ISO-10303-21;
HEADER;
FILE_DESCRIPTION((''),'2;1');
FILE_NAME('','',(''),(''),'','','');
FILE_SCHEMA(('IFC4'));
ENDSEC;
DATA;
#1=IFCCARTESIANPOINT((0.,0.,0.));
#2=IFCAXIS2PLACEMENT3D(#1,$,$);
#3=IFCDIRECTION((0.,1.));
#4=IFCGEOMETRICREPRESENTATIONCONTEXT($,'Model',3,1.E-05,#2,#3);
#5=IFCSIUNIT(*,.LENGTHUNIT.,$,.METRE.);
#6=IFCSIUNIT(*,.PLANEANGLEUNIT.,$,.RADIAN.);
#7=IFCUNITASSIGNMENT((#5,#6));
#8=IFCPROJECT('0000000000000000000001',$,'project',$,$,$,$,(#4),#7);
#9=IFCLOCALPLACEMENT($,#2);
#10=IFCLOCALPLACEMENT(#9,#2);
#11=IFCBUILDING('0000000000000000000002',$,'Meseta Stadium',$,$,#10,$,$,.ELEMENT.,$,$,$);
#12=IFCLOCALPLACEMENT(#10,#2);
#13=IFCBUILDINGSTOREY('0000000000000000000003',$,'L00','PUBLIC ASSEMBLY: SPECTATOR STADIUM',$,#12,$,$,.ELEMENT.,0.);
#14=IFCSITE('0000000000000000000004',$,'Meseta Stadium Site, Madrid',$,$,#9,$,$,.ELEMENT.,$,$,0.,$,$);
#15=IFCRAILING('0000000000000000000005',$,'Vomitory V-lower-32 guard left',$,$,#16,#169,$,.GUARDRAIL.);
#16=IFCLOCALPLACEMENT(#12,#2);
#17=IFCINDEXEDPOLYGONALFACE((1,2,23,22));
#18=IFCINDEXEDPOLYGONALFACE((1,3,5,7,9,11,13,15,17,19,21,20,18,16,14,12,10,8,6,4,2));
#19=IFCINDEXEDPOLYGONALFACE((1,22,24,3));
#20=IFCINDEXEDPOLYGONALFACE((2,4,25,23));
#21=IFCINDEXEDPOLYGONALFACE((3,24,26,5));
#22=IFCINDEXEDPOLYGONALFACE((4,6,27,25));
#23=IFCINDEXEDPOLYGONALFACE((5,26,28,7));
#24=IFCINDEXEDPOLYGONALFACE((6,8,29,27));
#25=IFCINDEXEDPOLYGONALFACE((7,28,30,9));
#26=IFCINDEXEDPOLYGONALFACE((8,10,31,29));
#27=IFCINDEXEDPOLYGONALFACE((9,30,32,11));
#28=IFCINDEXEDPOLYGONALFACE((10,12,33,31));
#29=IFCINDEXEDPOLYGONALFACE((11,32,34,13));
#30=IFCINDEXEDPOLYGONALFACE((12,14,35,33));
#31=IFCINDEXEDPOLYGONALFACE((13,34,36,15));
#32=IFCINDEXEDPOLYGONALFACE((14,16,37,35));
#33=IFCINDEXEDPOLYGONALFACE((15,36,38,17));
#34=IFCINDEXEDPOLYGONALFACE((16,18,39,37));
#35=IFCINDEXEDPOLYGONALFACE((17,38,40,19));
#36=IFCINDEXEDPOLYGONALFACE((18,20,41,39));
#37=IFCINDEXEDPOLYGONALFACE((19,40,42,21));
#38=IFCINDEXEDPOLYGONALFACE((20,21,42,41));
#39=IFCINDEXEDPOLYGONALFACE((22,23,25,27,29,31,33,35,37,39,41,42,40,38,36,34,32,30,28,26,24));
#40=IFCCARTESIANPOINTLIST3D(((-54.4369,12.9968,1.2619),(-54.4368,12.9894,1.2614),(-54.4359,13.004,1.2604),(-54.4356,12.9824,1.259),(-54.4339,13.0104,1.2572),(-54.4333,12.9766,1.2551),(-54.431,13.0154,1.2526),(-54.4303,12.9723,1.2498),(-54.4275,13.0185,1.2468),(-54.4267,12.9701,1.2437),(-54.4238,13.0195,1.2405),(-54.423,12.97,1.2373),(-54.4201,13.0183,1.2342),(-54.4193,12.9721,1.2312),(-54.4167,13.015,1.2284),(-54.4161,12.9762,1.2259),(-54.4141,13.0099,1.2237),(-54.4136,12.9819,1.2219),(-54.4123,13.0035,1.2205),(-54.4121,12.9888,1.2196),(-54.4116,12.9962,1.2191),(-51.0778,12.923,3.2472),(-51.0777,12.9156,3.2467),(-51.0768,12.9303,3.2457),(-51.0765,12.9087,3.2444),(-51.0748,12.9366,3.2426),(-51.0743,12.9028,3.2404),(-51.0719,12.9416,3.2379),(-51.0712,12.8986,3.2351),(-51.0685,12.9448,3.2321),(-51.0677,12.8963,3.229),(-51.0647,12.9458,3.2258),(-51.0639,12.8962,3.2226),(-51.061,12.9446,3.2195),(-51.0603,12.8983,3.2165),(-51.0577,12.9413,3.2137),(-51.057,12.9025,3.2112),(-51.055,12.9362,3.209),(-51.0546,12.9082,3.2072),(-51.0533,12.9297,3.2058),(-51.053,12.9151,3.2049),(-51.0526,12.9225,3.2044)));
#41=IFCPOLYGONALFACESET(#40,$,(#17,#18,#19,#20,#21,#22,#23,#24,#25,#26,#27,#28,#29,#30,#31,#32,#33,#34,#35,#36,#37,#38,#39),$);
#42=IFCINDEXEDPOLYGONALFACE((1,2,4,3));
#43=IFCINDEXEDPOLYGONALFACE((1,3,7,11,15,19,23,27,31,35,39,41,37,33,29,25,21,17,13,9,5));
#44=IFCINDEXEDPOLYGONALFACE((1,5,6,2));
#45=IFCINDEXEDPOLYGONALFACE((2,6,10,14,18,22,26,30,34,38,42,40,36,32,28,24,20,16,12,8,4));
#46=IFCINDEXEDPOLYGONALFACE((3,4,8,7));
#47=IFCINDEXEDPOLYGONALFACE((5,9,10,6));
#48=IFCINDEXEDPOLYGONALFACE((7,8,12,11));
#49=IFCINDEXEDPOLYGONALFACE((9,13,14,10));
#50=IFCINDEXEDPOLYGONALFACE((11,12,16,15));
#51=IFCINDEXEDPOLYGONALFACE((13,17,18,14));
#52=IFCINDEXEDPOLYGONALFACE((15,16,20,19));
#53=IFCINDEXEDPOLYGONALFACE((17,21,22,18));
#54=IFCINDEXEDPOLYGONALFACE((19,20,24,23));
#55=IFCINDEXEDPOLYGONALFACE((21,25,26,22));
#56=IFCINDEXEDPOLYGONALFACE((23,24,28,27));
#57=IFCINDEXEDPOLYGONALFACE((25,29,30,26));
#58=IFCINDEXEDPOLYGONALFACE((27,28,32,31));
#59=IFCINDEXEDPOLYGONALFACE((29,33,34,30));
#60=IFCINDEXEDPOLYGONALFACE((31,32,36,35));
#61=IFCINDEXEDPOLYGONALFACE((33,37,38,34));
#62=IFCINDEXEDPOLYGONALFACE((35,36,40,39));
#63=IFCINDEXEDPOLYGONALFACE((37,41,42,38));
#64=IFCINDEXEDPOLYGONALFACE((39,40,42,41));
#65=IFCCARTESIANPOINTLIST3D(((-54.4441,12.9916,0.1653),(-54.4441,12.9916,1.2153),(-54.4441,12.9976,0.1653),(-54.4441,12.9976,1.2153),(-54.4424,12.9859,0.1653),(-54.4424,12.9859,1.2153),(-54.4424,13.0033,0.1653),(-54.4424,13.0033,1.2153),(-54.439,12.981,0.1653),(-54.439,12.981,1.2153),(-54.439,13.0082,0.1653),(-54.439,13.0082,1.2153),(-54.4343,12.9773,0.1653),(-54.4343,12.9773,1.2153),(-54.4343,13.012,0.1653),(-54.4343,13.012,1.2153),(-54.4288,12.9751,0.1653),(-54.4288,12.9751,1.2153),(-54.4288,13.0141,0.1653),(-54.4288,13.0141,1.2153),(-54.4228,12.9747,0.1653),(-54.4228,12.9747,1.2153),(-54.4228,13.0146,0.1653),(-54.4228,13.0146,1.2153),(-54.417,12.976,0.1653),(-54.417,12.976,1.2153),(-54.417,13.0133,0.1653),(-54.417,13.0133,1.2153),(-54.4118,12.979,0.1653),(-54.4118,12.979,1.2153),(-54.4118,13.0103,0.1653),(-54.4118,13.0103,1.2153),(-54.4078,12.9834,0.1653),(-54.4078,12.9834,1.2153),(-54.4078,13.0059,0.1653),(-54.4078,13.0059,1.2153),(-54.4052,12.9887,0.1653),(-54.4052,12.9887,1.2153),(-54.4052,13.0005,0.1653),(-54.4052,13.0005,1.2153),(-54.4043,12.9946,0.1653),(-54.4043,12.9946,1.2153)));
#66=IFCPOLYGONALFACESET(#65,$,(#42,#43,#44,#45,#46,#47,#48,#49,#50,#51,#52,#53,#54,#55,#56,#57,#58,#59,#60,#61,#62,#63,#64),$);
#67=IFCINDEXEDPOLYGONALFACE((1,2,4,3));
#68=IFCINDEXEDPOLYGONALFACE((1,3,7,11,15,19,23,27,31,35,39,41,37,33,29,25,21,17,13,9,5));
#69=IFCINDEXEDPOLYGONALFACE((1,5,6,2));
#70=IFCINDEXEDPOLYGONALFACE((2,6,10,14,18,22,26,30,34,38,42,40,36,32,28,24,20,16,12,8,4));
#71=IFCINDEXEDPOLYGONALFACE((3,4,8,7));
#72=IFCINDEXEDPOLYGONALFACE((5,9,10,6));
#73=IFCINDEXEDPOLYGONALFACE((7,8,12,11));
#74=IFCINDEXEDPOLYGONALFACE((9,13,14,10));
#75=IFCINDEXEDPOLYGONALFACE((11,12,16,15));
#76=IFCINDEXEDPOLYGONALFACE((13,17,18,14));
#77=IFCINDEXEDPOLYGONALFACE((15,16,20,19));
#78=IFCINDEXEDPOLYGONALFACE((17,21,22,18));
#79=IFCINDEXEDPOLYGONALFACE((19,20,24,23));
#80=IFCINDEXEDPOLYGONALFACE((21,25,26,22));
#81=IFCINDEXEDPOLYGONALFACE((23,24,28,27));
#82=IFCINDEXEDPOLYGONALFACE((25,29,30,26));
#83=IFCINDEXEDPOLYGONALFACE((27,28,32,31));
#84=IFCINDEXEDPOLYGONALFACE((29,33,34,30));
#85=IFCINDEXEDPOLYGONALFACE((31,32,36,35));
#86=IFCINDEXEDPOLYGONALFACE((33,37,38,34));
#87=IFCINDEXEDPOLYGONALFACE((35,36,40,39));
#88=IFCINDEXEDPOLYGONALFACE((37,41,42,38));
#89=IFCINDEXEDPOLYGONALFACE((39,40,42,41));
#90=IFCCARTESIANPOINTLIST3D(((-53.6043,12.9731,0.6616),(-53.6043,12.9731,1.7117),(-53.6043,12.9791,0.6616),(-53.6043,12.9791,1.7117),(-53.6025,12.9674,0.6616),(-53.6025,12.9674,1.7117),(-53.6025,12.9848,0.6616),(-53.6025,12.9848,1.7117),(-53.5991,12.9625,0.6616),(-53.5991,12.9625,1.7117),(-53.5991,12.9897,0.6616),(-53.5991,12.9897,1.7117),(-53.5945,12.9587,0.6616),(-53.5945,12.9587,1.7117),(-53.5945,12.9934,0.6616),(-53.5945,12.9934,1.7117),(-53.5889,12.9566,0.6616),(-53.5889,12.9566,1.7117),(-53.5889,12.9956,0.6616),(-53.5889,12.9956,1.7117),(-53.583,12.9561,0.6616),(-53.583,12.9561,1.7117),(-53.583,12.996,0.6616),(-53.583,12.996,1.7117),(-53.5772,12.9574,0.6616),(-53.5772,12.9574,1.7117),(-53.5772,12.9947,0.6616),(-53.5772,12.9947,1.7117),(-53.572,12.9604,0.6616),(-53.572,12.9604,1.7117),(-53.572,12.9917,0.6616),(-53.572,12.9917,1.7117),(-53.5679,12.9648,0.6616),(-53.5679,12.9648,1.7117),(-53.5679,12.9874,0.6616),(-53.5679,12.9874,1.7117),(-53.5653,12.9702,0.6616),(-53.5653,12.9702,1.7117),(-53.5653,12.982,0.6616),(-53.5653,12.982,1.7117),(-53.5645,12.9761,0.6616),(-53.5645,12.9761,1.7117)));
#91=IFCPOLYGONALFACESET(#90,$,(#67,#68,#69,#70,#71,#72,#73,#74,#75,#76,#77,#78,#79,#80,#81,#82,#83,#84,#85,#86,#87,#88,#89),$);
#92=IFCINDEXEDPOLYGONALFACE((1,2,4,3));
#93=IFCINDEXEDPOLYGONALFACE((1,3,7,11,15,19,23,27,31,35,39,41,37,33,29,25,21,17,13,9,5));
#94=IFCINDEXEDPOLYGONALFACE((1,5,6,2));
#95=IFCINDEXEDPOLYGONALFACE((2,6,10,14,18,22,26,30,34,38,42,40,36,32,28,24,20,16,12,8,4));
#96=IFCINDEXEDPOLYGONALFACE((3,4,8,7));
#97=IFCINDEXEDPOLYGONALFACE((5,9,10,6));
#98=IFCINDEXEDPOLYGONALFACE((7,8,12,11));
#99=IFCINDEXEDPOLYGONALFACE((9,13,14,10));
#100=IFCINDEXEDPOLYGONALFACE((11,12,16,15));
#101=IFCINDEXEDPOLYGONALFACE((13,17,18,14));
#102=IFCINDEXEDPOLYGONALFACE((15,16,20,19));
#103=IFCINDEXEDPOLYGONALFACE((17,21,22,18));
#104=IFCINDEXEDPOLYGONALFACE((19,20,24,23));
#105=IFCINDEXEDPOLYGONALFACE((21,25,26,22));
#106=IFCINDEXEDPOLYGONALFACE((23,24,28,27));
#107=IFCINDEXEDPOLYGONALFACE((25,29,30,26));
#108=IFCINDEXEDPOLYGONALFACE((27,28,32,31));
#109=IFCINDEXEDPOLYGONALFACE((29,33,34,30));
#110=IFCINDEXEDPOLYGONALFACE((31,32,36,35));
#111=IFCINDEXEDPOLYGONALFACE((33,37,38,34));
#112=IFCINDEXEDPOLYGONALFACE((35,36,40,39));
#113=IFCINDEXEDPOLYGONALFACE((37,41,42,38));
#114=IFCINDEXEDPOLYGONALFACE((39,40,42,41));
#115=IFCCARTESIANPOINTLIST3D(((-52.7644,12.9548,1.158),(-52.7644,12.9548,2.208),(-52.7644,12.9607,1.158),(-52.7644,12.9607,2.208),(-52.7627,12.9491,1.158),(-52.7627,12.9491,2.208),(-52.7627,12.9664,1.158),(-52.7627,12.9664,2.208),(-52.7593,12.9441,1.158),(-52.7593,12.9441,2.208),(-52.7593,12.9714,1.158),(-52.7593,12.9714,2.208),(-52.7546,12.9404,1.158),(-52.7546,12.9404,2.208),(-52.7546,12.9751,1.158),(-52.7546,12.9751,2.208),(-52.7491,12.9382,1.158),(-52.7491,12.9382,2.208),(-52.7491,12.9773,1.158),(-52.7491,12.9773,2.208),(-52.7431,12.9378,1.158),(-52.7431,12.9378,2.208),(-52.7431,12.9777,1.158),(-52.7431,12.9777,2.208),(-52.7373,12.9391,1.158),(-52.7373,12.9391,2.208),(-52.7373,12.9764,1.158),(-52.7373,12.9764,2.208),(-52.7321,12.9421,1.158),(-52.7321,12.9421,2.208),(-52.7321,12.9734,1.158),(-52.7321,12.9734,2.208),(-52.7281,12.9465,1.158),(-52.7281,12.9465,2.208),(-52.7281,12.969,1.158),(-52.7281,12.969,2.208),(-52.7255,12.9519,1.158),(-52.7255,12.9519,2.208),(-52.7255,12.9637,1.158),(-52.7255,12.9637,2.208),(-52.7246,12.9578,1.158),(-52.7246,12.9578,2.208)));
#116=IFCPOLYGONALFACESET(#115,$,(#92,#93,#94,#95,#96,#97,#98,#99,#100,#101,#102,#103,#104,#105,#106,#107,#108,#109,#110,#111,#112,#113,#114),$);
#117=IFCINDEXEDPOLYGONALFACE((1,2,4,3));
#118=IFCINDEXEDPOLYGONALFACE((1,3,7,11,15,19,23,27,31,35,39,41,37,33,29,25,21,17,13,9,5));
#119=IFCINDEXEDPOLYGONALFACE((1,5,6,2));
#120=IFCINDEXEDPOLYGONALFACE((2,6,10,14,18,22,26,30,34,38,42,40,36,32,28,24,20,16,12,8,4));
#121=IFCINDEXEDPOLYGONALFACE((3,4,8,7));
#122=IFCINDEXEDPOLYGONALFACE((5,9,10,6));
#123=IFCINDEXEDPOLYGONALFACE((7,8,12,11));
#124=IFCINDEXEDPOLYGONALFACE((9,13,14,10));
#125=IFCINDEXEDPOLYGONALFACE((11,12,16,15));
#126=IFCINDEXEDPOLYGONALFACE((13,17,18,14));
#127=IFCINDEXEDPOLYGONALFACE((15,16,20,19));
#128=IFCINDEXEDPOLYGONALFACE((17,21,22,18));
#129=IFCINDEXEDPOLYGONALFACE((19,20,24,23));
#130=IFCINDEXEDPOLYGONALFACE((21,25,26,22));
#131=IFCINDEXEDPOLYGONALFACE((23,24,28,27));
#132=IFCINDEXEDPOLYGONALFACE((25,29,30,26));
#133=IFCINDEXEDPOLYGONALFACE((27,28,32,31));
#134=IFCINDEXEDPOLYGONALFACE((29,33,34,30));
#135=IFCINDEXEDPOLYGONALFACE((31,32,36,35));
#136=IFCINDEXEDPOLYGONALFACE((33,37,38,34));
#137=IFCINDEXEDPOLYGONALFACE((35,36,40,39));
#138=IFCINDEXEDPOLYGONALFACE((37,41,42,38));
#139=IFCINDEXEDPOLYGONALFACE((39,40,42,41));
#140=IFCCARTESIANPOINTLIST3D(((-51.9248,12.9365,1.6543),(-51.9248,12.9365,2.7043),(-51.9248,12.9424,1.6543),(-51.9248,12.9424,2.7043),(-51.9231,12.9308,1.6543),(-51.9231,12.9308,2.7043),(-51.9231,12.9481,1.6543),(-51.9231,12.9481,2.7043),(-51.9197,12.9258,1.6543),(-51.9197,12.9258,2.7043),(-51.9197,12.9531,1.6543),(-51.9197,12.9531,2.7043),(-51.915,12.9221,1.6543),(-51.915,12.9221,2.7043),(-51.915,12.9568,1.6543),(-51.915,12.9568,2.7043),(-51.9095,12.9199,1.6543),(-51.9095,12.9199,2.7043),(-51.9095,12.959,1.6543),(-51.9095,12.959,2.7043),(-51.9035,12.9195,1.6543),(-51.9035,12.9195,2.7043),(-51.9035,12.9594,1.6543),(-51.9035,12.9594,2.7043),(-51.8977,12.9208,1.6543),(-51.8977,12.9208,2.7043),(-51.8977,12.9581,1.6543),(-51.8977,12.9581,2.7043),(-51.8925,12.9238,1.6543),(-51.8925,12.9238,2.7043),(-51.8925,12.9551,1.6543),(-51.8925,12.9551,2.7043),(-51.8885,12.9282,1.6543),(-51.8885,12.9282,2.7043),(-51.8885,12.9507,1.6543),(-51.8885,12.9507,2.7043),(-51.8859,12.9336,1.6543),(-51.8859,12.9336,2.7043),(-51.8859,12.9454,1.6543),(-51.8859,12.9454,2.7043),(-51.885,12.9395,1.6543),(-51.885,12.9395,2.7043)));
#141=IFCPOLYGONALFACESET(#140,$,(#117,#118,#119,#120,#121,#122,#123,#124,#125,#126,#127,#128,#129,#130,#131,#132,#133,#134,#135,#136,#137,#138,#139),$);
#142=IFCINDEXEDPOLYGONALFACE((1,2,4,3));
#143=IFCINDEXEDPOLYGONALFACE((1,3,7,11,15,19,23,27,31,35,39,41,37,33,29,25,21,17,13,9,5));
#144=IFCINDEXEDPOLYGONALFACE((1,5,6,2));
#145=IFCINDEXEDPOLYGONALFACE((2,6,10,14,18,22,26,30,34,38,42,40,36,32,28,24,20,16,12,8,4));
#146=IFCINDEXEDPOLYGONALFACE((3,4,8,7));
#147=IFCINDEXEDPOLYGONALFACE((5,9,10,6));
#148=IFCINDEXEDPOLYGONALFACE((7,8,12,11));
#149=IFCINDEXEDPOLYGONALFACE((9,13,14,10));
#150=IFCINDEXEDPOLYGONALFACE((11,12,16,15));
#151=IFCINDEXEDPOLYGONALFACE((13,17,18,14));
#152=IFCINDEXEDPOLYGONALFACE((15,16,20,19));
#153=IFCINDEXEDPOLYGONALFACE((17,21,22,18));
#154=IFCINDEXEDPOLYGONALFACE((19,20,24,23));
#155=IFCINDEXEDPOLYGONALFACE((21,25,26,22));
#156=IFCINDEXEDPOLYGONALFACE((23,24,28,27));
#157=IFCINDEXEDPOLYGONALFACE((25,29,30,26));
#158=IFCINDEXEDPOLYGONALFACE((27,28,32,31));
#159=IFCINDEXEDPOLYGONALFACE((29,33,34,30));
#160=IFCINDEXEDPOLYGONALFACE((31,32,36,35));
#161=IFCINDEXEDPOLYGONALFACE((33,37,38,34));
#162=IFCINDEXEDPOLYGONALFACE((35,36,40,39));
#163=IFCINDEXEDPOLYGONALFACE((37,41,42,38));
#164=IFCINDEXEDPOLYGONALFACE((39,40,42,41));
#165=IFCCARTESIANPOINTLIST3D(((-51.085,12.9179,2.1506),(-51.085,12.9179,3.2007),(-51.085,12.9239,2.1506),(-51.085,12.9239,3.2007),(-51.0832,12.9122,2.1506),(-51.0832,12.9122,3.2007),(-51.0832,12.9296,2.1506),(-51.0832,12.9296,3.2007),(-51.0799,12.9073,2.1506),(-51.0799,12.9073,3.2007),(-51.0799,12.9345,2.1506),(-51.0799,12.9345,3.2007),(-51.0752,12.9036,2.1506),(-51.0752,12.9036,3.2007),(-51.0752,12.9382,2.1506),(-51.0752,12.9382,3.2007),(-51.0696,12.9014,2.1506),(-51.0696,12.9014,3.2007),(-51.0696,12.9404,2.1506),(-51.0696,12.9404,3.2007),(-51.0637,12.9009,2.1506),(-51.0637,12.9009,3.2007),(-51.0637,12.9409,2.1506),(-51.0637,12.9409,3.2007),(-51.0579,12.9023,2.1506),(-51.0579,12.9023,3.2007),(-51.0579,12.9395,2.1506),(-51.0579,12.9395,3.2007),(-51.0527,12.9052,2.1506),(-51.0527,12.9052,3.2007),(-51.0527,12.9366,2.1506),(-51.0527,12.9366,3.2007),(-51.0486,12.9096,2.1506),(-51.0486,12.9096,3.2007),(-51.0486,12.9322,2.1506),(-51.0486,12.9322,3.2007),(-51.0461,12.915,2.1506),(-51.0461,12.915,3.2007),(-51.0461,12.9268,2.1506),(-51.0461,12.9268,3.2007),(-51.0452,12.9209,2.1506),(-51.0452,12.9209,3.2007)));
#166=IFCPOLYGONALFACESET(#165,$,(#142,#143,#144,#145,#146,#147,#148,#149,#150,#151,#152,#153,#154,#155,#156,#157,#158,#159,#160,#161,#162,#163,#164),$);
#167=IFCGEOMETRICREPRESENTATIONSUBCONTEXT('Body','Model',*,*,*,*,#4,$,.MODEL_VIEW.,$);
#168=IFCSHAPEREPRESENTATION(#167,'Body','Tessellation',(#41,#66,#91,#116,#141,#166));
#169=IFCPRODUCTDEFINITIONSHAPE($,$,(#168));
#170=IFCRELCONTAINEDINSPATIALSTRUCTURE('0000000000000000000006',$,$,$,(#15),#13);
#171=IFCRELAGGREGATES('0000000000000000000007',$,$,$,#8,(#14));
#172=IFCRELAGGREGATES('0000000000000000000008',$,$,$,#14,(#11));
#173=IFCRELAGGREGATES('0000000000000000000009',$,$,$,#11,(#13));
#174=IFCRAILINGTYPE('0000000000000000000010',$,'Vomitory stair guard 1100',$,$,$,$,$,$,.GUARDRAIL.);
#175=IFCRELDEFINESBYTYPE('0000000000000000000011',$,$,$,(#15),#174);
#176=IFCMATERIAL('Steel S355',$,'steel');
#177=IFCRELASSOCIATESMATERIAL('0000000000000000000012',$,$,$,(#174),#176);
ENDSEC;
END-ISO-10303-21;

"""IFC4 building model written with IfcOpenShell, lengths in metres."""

from ifc_helpers import new_model, si_unit, direction, frame, origin, origin_2d, place, context, subcontext, project, spatial, circle, extrude, material, type_object, element, save


model = new_model("IFC4")

# Units and contexts
model_context = context("Model", 3, precision=1e-05, world=origin(), true_north=direction((0.0, 1.0)))
body_context = subcontext(model_context, "Body", "Model", "MODEL_VIEW")
ifc_project = project(units=[si_unit("LENGTHUNIT", "METRE"), si_unit("PLANEANGLEUNIT", "RADIAN")], contexts=[model_context])

# Site, building, storey
site_placement = place(None, origin())
site = spatial("IfcSite", under=ifc_project, at=site_placement, Name="Meseta Stadium Site, Madrid", CompositionType="ELEMENT", RefElevation=0.0)
building_placement = place(site_placement, origin())
building = spatial("IfcBuilding", under=site, at=building_placement, Name="Meseta Stadium", CompositionType="ELEMENT")
storey_placement = place(building_placement, origin())
storey = spatial("IfcBuildingStorey", under=building, at=storey_placement, Name="L00", Description="PUBLIC ASSEMBLY: SPECTATOR STADIUM", CompositionType="ELEMENT", Elevation=0.0)

# Railing
ifc_material_1 = material(Name="Steel S355", Category="steel")
railing_type_1 = type_object("IfcRailingType", Name="Vomitory stair guard 1100", PredefinedType="GUARDRAIL", material=ifc_material_1)
railing_1_placement = place(storey_placement, frame((-54.4243, 12.9946, 0.1653)))
element("IfcRailing", 1, at=railing_1_placement, inside=storey, type_object=railing_type_1, Name="Vomitory V-lower-32 guard left", PredefinedType="GUARDRAIL", context=body_context, shape_type="SweptSolid", body=[
    extrude(circle(Radius=0.0249, at=origin_2d()), frame((0.0, 0.0, 1.0752), z_axis=(0.860727, -0.018892, 0.508716), x_axis=(0.021944, 0.999759, 0.0)), (0.0, 0.0, 1.0), 3.9026),
    extrude(circle(Radius=0.02, at=origin_2d()), origin(), (0.0, 0.0, 1.0), 1.05),
    extrude(circle(Radius=0.02, at=origin_2d()), frame((0.8398, -0.0186, 0.4963)), (0.0, 0.0, 1.0), 1.05),
    extrude(circle(Radius=0.02, at=origin_2d()), frame((1.6797, -0.0369, 0.9927)), (0.0, 0.0, 1.0), 1.05),
    extrude(circle(Radius=0.02, at=origin_2d()), frame((2.5193, -0.0552, 1.489)), (0.0, 0.0, 1.0), 1.05),
    extrude(circle(Radius=0.02, at=origin_2d()), frame((3.3591, -0.0737, 1.9854)), (0.0, 0.0, 1.0), 1.05),
])

save(model, "model.ifc")
